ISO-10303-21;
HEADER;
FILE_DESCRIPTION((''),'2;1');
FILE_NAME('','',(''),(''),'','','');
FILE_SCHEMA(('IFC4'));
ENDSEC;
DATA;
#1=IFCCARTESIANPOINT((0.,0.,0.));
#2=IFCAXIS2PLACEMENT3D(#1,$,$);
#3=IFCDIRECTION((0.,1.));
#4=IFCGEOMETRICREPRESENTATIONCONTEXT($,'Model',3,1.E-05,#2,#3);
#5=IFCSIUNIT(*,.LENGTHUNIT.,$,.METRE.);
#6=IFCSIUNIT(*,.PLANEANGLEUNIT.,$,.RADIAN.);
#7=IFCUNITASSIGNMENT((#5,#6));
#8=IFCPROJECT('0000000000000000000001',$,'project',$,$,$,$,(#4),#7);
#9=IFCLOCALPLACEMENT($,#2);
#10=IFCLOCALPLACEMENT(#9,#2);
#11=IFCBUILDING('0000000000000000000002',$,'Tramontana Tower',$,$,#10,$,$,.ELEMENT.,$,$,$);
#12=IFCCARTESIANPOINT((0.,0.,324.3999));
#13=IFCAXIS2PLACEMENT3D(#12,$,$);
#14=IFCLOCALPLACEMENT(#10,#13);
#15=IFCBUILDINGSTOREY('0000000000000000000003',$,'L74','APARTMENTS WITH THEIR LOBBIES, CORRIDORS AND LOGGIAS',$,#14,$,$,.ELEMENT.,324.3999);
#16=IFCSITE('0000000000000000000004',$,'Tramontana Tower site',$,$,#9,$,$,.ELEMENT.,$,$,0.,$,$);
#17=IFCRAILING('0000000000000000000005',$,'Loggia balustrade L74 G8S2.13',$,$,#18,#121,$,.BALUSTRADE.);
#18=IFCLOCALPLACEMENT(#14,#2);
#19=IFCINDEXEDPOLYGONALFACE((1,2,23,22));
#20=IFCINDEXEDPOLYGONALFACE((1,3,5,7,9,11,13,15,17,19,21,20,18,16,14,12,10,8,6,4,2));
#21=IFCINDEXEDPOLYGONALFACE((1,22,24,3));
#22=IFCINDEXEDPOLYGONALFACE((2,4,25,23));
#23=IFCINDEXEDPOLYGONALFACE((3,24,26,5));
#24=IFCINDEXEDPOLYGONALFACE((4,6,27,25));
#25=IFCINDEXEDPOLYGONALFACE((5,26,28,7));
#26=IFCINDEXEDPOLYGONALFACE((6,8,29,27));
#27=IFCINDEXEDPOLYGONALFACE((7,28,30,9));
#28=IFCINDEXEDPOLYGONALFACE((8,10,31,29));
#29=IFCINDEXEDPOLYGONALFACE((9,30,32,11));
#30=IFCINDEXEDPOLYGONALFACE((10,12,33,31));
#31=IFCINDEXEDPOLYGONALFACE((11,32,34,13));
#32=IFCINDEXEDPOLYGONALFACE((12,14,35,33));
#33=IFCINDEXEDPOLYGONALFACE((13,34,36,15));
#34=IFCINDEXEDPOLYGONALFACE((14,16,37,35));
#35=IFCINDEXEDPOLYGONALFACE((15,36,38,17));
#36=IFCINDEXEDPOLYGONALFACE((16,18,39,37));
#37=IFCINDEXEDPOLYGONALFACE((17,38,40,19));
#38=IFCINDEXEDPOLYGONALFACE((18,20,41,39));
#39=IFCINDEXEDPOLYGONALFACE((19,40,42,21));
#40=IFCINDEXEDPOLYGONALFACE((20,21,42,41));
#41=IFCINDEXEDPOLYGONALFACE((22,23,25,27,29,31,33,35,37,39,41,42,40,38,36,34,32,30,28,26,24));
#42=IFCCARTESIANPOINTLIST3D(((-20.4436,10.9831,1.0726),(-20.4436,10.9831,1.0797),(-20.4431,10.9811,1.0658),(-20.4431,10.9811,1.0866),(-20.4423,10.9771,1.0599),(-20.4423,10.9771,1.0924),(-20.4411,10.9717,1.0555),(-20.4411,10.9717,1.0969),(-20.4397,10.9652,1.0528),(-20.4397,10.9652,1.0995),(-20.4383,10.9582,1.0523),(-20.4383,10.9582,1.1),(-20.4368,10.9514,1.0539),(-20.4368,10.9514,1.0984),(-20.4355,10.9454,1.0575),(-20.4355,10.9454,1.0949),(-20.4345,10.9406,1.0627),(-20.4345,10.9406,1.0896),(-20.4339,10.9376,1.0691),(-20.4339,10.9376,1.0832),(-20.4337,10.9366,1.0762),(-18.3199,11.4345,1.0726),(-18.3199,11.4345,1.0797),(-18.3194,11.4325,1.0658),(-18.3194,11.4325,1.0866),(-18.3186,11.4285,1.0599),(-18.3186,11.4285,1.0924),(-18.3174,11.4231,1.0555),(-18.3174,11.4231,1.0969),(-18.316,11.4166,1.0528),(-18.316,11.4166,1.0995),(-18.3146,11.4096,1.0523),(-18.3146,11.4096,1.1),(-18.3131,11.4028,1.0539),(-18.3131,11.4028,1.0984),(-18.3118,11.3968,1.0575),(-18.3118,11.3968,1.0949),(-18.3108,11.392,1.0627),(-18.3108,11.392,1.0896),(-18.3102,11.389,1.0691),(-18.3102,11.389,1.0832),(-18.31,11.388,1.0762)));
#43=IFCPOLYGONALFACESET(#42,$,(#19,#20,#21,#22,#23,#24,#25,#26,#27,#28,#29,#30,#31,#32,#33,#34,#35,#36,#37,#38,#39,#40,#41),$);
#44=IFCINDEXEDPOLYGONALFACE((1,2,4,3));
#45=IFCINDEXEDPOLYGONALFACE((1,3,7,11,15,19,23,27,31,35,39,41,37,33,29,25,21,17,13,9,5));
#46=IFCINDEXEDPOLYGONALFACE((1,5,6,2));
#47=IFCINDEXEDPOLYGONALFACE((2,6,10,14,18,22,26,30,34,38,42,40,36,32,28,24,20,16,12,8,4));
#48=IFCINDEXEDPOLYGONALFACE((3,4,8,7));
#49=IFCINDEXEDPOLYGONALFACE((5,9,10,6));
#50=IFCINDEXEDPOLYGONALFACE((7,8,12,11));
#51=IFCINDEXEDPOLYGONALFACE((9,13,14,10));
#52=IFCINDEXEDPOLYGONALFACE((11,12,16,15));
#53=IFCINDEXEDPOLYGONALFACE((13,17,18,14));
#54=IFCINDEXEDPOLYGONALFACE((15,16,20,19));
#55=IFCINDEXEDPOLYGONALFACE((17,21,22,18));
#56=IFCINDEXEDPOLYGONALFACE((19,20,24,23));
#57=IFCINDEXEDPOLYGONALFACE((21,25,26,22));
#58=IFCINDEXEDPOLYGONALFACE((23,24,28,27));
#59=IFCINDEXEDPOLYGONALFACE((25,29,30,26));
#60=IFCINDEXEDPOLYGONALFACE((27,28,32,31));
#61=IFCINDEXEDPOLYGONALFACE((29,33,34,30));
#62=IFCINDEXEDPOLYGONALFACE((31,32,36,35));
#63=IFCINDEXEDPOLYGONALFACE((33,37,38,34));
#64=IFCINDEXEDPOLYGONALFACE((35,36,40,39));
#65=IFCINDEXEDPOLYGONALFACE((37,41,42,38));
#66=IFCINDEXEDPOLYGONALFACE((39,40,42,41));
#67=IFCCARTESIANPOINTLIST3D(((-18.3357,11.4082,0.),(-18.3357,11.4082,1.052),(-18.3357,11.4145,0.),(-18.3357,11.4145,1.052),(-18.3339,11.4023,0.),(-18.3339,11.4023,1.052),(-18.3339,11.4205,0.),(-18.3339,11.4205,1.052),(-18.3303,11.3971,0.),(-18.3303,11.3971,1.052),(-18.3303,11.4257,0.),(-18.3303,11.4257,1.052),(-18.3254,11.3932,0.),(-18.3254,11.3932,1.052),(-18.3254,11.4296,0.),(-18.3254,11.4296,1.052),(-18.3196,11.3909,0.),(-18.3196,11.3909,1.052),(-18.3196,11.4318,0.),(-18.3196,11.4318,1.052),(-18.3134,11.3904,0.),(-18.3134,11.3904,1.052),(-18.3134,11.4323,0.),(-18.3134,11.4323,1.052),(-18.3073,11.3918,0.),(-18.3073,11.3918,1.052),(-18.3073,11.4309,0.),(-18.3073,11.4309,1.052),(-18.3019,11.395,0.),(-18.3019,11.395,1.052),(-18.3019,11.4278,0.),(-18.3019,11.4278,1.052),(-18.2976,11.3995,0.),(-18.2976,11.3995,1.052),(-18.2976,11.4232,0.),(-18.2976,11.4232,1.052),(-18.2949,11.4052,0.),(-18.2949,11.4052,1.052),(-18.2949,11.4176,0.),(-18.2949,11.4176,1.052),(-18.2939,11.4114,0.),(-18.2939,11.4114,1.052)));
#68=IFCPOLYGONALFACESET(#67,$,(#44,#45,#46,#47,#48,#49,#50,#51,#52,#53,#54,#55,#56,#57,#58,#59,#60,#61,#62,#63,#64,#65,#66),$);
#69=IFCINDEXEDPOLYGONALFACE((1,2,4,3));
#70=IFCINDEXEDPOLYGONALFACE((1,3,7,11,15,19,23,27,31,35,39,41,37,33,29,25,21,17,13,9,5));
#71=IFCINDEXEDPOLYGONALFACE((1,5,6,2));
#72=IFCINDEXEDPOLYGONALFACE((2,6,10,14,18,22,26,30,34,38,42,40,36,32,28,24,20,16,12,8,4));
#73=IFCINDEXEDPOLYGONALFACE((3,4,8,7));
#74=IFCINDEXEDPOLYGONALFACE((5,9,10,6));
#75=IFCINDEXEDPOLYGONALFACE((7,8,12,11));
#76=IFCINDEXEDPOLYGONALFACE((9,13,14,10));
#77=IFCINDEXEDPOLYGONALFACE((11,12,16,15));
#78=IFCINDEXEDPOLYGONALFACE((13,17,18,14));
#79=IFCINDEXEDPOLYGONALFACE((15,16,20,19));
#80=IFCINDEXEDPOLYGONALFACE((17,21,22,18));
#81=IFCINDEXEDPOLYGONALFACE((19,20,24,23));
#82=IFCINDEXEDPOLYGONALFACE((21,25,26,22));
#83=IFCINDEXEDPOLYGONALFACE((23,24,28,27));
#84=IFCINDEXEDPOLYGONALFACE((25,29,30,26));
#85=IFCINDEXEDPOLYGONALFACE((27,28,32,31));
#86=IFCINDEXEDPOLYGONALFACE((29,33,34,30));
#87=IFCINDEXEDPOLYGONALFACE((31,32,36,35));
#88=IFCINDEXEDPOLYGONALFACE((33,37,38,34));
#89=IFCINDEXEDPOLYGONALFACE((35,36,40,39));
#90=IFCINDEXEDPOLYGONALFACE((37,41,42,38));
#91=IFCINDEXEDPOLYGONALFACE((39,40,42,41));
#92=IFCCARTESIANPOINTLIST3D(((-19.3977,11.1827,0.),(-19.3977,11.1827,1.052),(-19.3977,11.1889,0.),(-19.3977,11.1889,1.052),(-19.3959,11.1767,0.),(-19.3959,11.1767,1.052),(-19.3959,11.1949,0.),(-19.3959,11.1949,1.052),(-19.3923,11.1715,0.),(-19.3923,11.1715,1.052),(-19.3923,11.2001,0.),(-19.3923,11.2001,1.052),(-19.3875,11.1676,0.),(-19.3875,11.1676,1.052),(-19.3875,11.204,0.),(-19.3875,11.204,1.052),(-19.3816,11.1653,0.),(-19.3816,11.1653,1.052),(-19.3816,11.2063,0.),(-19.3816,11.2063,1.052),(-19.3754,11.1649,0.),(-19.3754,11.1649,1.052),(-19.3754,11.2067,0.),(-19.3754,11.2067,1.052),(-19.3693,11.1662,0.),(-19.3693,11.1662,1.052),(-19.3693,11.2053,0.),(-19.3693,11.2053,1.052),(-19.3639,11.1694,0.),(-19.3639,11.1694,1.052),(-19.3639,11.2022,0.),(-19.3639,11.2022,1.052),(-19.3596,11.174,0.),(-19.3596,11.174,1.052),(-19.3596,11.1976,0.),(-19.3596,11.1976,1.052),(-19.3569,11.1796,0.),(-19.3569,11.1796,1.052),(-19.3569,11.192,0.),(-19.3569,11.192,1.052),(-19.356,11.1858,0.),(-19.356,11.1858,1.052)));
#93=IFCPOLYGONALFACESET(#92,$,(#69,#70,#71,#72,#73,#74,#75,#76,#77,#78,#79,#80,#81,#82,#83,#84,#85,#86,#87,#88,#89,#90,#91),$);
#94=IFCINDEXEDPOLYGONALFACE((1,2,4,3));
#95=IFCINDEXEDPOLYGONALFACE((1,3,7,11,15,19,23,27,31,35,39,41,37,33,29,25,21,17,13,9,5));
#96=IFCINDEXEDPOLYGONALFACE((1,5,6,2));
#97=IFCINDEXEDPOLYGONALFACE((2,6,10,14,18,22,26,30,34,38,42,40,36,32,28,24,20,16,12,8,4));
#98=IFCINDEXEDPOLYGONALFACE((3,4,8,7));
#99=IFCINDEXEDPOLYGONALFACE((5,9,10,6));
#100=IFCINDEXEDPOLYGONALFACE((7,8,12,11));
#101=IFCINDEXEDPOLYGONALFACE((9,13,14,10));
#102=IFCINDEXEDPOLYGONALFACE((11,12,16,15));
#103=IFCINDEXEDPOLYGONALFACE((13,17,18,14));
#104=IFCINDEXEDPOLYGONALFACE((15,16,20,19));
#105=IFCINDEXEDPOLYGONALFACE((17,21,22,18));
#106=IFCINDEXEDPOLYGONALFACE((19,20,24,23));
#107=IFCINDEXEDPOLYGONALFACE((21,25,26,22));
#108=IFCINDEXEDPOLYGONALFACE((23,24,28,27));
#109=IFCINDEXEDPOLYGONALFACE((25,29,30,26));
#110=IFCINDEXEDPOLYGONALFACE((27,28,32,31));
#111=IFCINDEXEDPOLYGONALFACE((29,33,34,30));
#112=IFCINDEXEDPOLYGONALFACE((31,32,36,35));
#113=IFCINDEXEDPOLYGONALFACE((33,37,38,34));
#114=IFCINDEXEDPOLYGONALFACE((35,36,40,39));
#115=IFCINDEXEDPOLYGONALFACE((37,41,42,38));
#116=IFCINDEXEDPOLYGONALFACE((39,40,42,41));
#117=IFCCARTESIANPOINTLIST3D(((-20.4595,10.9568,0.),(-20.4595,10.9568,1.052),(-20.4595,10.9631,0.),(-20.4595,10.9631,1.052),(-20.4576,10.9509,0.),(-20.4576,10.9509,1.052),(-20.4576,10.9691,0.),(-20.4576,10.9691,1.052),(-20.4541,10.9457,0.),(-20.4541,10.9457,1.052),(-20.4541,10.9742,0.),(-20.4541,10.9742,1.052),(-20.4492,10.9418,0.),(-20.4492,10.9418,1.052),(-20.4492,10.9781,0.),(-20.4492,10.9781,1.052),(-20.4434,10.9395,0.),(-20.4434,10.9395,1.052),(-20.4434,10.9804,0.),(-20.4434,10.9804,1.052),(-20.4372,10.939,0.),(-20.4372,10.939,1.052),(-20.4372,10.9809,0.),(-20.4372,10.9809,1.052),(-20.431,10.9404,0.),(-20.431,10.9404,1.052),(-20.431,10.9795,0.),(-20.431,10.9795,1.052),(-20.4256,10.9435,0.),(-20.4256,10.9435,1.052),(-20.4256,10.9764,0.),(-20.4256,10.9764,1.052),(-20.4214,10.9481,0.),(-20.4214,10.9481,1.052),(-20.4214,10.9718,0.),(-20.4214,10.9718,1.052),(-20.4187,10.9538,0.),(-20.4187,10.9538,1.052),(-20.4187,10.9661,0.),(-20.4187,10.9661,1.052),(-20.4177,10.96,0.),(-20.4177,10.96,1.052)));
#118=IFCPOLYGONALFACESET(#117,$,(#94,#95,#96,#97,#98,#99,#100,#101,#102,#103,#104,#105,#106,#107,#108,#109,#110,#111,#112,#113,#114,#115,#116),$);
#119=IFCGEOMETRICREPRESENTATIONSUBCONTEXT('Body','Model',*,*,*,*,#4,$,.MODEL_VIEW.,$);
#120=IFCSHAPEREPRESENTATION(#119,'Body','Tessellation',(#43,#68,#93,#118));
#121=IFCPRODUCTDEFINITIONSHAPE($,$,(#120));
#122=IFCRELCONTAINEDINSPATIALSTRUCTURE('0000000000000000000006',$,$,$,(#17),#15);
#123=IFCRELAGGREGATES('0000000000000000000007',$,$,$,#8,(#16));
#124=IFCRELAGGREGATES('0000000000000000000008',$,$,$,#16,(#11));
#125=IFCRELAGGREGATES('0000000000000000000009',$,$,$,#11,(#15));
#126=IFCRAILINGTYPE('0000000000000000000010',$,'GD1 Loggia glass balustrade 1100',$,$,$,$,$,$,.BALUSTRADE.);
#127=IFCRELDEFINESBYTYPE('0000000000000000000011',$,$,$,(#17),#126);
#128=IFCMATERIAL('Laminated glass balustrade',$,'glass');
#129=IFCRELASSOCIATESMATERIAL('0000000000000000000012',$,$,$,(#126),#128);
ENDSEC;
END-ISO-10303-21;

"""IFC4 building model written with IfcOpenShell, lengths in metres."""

from ifc_helpers import new_model, si_unit, direction, frame, origin, origin_2d, place, context, subcontext, project, spatial, circle, extrude, material, type_object, element, save


model = new_model("IFC4")

# Units and contexts
model_context = context("Model", 3, precision=1e-05, world=origin(), true_north=direction((0.0, 1.0)))
body_context = subcontext(model_context, "Body", "Model", "MODEL_VIEW")
ifc_project = project(units=[si_unit("LENGTHUNIT", "METRE"), si_unit("PLANEANGLEUNIT", "RADIAN")], contexts=[model_context])

# Site, building, storey
site_placement = place(None, origin())
site = spatial("IfcSite", under=ifc_project, at=site_placement, Name="Tramontana Tower site", CompositionType="ELEMENT", RefElevation=0.0)
building_placement = place(site_placement, origin())
building = spatial("IfcBuilding", under=site, at=building_placement, Name="Tramontana Tower", CompositionType="ELEMENT")
storey_placement = place(building_placement, frame((0.0, 0.0, 324.3999)))
storey = spatial("IfcBuildingStorey", under=building, at=storey_placement, Name="L74", Description="APARTMENTS WITH THEIR LOBBIES, CORRIDORS AND LOGGIAS", CompositionType="ELEMENT", Elevation=324.3999)

# Railing
ifc_material_1 = material(Name="Laminated glass balustrade", Category="glass")
railing_type = type_object("IfcRailingType", Name="GD1 Loggia glass balustrade 1100", PredefinedType="BALUSTRADE", material=ifc_material_1)
railing_1_placement = place(storey_placement, frame((-18.3149, 11.4114, 0.0)))
element("IfcRailing", 1, at=railing_1_placement, inside=storey, type_object=railing_type, Name="Loggia balustrade L74 G8S2.13", PredefinedType="BALUSTRADE", context=body_context, shape_type="SweptSolid", body=[
    extrude(circle(Radius=0.0239, at=origin_2d()), frame((0.0, 0.0, 1.0762), z_axis=(-0.978148, -0.207909, 0.0), x_axis=(0.207909, -0.978148, 0.0)), (0.0, 0.0, 1.0), 2.1711),
    extrude(circle(Radius=0.021, at=origin_2d()), origin(), (0.0, 0.0, 1.0), 1.052),
    extrude(circle(Radius=0.021, at=origin_2d()), frame((-1.062, -0.2256, 0.0)), (0.0, 0.0, 1.0), 1.052),
    extrude(circle(Radius=0.021, at=origin_2d()), frame((-2.1238, -0.4514, 0.0)), (0.0, 0.0, 1.0), 1.052),
])

save(model, "model.ifc")
